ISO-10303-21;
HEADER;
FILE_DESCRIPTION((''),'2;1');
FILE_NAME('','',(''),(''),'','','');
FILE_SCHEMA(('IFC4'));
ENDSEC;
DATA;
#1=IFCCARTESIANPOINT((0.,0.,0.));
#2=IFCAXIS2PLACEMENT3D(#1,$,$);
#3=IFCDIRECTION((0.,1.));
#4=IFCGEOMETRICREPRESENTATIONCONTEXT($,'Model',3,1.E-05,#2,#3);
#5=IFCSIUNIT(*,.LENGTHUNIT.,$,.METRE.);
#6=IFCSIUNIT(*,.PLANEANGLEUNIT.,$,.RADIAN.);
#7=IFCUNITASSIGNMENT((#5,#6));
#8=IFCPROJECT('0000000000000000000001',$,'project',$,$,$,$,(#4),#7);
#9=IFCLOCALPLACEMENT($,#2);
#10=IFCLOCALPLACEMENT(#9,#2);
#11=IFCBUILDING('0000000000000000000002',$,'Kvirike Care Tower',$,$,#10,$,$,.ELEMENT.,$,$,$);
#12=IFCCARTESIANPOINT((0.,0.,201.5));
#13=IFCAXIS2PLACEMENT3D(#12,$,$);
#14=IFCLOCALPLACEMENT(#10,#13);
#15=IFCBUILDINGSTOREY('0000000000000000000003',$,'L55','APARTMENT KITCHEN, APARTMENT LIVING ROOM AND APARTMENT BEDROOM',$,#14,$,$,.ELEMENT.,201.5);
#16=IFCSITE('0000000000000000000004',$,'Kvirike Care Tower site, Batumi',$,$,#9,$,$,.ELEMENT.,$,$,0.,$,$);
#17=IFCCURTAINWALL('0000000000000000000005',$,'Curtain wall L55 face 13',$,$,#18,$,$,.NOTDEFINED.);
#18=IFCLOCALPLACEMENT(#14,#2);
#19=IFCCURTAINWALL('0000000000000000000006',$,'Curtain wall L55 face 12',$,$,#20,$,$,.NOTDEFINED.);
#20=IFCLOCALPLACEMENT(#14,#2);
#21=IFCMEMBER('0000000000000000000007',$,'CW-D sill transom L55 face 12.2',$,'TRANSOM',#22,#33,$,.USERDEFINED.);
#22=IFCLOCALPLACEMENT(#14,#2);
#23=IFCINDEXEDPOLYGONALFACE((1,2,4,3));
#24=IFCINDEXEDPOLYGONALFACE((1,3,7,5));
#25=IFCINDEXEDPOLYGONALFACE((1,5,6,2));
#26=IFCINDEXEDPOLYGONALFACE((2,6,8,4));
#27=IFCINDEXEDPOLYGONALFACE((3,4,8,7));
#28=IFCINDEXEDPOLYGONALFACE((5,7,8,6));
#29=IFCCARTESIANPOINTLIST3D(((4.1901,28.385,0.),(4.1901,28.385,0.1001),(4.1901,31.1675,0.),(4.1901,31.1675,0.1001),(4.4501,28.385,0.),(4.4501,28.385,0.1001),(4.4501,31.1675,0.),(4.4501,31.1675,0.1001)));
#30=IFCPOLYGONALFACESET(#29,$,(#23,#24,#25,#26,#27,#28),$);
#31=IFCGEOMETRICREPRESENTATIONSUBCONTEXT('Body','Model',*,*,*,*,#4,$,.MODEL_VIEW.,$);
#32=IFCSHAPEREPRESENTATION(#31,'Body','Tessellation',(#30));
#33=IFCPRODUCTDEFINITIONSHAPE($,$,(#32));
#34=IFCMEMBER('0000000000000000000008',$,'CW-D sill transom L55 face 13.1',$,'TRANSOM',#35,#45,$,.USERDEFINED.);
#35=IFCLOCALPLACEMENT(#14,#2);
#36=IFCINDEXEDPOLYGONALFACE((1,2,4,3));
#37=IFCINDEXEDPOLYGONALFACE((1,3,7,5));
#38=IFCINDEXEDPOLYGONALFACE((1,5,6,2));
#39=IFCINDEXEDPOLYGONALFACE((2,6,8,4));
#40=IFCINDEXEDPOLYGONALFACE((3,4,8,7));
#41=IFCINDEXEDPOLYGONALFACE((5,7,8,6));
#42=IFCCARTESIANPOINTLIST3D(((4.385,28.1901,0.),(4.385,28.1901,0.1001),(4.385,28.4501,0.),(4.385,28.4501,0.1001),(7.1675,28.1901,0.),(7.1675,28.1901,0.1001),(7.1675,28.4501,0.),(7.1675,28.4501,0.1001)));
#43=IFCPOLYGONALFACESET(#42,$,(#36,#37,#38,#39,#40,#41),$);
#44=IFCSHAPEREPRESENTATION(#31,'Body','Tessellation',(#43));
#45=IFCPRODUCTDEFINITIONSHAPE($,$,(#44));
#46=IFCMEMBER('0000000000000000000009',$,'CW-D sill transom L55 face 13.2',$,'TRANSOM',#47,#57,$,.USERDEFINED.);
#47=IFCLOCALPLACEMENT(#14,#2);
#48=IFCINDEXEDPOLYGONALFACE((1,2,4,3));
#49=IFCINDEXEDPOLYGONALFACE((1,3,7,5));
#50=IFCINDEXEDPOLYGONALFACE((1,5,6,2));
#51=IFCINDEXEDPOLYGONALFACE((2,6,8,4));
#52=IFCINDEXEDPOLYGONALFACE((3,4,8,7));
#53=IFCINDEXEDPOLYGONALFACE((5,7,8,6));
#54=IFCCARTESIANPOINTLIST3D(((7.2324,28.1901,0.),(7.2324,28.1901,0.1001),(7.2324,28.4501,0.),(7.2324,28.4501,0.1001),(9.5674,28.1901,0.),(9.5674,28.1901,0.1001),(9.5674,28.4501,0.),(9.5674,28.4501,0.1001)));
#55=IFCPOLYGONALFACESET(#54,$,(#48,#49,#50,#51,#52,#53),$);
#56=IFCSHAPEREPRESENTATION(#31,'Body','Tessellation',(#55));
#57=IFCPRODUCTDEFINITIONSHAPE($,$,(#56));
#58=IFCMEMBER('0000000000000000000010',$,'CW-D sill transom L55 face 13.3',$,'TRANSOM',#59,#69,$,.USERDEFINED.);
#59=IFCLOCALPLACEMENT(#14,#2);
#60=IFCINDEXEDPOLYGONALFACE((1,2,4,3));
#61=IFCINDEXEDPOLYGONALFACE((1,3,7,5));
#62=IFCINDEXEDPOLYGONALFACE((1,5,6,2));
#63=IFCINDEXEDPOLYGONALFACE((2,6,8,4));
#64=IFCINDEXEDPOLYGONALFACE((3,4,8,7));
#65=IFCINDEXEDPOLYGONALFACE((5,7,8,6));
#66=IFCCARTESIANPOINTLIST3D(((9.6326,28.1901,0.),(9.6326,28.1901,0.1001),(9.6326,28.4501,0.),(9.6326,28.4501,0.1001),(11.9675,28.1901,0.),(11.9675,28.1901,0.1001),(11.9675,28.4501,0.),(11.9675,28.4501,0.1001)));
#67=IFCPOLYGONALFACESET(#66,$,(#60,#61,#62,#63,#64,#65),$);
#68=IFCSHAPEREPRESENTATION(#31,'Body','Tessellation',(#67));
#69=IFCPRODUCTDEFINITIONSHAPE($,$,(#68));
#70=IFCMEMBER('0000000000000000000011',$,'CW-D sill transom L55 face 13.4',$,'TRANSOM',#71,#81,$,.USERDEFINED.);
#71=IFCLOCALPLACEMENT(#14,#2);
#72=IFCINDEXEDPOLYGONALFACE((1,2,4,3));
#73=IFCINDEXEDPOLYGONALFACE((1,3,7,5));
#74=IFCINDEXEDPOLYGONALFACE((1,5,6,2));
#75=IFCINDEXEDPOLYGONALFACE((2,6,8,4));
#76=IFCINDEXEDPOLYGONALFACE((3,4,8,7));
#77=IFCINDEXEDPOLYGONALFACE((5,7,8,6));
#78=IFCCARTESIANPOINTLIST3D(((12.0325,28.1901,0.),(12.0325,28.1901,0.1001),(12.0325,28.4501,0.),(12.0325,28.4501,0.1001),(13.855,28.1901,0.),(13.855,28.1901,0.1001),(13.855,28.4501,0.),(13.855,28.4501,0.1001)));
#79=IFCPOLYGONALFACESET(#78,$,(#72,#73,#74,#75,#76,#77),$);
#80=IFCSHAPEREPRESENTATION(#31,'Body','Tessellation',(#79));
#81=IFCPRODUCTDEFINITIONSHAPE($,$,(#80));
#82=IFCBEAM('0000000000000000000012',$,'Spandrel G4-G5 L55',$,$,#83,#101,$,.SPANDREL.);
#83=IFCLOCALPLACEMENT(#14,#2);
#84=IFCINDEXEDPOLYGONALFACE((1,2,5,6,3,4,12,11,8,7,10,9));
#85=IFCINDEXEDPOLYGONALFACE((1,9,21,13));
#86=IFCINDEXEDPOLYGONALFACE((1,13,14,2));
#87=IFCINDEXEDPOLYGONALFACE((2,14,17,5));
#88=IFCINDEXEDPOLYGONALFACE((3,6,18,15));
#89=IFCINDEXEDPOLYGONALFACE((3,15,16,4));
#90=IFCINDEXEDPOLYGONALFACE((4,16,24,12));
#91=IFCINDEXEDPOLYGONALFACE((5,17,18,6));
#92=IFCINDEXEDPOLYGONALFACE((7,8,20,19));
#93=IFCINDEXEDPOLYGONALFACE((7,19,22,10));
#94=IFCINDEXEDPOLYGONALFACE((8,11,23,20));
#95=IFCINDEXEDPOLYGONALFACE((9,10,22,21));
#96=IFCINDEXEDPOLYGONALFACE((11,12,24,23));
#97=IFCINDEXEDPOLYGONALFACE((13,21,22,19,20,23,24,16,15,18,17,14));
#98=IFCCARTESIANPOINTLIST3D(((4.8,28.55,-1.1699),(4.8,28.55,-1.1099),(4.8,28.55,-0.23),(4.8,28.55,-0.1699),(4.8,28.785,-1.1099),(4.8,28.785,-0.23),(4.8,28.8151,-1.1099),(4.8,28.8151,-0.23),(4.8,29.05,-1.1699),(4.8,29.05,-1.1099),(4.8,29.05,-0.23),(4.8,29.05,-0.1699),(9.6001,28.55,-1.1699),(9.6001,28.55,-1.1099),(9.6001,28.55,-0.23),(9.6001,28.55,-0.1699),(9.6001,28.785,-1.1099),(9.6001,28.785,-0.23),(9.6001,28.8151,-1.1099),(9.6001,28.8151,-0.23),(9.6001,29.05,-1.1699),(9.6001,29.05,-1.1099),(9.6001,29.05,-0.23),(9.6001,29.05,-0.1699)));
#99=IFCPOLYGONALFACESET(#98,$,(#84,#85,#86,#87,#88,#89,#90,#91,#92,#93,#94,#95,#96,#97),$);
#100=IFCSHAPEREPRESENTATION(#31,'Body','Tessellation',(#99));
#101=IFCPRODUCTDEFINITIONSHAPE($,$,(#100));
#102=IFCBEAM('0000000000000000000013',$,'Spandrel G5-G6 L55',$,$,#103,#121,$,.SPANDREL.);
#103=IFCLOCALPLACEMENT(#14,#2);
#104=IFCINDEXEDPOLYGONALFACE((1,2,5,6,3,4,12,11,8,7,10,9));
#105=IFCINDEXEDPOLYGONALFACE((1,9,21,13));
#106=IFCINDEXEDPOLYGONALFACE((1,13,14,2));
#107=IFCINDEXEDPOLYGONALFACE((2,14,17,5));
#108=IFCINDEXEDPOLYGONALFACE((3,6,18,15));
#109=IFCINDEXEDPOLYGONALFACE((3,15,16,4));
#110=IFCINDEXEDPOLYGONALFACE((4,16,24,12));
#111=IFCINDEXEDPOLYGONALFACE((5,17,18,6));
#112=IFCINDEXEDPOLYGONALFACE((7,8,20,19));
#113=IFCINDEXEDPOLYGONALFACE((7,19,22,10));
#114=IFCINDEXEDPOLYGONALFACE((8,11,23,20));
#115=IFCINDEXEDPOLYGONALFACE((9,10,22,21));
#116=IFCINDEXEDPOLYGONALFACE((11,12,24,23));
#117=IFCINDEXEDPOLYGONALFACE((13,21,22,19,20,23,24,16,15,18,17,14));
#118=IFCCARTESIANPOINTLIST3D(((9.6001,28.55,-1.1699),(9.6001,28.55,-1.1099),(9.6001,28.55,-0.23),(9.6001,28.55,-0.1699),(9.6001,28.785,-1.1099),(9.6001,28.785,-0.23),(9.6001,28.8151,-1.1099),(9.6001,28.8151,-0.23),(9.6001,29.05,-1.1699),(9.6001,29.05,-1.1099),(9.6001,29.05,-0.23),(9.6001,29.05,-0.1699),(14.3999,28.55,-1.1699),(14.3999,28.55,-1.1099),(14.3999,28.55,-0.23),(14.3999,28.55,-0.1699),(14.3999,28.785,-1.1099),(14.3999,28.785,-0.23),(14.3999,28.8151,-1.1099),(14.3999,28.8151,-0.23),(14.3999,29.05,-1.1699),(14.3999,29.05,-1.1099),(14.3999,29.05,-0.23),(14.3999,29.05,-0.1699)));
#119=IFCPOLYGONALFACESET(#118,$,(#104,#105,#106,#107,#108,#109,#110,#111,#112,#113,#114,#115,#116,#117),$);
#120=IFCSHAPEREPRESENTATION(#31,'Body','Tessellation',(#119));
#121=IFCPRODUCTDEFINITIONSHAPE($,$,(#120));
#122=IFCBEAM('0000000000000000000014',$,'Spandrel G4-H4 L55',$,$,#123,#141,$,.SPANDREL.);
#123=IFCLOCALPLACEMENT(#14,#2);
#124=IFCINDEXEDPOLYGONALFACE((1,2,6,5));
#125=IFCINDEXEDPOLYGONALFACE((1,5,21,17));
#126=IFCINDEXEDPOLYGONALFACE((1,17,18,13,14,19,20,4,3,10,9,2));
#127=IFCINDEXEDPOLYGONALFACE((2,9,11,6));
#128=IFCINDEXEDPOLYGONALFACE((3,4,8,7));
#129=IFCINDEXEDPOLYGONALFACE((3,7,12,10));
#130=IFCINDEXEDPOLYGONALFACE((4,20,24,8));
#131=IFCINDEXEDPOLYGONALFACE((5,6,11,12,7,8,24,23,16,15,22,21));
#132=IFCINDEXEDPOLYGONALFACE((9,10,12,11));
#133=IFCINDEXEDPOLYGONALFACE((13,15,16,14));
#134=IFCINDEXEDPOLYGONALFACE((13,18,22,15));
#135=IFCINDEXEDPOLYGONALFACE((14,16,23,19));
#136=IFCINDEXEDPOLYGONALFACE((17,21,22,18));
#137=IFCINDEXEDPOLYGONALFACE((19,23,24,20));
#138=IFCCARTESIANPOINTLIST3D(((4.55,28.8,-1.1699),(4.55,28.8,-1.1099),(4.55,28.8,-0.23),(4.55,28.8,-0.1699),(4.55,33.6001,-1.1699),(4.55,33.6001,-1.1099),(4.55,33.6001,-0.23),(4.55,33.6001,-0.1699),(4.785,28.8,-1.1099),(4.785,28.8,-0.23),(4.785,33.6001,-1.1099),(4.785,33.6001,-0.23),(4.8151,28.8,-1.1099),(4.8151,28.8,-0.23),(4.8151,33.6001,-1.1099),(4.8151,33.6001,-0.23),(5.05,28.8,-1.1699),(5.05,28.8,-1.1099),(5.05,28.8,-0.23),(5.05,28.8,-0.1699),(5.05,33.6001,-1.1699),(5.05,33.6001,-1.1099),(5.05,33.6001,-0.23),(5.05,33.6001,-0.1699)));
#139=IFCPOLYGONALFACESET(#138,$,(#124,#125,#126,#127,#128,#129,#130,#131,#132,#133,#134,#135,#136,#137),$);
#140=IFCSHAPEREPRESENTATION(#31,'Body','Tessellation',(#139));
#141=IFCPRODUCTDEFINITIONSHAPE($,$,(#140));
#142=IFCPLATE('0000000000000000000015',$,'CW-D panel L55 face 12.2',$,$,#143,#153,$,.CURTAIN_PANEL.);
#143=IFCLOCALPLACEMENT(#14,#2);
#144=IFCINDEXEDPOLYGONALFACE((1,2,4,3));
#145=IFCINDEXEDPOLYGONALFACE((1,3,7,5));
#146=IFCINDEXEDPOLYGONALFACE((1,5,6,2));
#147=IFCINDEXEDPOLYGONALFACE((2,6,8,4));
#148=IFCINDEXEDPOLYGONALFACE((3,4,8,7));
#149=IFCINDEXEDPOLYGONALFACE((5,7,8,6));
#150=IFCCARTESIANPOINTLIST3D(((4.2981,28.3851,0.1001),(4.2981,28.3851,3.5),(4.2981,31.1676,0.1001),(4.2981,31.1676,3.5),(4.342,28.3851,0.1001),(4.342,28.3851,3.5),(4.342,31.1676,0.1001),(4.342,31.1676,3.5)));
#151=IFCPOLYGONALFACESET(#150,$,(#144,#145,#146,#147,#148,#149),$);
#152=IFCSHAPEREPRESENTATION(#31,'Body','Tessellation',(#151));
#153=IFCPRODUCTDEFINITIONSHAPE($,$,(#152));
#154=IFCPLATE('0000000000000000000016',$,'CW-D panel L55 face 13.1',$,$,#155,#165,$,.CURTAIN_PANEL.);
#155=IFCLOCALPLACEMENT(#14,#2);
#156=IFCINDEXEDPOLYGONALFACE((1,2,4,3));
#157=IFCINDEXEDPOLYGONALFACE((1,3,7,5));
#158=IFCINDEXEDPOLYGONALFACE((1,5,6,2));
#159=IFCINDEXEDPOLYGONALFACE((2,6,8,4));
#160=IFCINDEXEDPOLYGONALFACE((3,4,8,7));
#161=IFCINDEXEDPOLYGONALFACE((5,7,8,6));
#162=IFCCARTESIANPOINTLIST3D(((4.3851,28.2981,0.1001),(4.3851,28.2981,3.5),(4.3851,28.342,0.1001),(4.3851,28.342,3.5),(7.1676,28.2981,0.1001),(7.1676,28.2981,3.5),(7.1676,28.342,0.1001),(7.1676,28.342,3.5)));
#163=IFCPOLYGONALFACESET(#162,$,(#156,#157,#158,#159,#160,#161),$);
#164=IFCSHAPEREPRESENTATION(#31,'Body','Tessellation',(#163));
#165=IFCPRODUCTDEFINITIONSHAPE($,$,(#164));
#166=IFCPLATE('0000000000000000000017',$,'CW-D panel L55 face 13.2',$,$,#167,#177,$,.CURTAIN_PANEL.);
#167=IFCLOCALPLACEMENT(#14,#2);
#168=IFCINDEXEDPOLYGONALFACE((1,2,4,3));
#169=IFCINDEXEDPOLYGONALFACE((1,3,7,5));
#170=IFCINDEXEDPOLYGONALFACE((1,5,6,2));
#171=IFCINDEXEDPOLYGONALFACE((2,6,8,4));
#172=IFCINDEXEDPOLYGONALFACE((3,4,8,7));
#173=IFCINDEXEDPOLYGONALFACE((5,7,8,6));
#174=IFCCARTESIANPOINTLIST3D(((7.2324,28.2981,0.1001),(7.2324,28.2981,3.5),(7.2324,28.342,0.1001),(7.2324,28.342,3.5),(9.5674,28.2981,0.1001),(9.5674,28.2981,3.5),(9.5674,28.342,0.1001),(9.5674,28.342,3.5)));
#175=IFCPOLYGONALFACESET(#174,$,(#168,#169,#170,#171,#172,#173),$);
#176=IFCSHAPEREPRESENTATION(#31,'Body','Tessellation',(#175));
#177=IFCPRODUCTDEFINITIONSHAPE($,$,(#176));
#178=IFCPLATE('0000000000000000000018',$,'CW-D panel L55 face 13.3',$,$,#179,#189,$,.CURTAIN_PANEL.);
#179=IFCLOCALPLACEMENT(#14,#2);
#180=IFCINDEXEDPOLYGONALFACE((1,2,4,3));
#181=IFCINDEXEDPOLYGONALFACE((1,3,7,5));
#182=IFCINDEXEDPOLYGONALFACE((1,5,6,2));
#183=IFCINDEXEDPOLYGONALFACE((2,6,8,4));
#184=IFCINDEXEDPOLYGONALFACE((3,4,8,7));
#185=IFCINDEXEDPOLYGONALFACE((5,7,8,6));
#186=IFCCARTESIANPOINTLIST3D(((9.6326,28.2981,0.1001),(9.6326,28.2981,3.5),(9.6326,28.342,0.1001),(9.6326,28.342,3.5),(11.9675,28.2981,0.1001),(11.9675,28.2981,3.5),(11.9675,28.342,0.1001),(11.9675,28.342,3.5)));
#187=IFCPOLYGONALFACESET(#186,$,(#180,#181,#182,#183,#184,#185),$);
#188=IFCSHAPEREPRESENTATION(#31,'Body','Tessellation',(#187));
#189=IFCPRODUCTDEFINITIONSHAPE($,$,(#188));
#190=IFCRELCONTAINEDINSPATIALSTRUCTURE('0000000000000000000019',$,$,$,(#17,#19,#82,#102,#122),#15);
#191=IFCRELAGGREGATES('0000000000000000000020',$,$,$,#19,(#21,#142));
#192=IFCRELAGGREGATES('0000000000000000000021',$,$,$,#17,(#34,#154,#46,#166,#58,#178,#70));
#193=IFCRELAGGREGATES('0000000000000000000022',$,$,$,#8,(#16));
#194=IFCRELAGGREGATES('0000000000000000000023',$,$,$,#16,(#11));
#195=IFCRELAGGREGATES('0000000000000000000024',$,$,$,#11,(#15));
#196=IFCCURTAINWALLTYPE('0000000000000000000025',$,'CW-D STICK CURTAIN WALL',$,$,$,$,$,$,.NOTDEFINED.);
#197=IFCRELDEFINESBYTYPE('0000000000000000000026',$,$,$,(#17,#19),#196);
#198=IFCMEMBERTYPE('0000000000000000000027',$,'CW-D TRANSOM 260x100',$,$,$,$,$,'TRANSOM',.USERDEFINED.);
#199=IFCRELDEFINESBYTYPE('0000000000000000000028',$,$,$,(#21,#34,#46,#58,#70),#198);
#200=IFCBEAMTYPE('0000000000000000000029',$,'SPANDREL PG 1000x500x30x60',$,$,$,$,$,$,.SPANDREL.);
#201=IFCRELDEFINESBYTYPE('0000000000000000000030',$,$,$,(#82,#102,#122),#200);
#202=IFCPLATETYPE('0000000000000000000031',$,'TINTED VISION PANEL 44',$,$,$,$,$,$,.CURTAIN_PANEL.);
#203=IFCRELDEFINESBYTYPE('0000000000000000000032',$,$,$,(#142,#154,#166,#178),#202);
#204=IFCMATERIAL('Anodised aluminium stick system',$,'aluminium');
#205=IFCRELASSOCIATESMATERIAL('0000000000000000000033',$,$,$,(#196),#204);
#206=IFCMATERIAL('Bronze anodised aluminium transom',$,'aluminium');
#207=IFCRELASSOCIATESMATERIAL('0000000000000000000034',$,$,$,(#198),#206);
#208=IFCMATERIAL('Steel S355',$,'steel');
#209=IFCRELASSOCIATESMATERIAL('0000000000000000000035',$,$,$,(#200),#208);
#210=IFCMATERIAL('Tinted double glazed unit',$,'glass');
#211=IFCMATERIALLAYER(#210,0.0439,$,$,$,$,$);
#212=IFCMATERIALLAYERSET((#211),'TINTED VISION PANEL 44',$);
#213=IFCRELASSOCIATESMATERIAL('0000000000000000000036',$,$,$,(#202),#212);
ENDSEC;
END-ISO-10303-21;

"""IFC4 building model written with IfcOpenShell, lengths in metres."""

from ifc_helpers import new_model, si_unit, direction, frame, origin, origin_2d, place, context, subcontext, project, spatial, rectangle, i_section, extrude, material, layer, layer_set, material_profile, profile_set, type_object, element, aggregate, save


model = new_model("IFC4")

# Units and contexts
model_context = context("Model", 3, precision=1e-05, world=origin(), true_north=direction((0.0, 1.0)))
body_context = subcontext(model_context, "Body", "Model", "MODEL_VIEW")
ifc_project = project(units=[si_unit("LENGTHUNIT", "METRE"), si_unit("PLANEANGLEUNIT", "RADIAN")], contexts=[model_context])

# Site, building, storey
site_placement = place(None, origin())
site = spatial("IfcSite", under=ifc_project, at=site_placement, Name="Kvirike Care Tower site, Batumi", CompositionType="ELEMENT", RefElevation=0.0)
building_placement = place(site_placement, origin())
building = spatial("IfcBuilding", under=site, at=building_placement, Name="Kvirike Care Tower", CompositionType="ELEMENT")
storey_placement = place(building_placement, frame((0.0, 0.0, 201.5)))
storey = spatial("IfcBuildingStorey", under=building, at=storey_placement, Name="L55", Description="APARTMENT KITCHEN, APARTMENT LIVING ROOM AND APARTMENT BEDROOM", CompositionType="ELEMENT", Elevation=201.5)

# Curtain wall
ifc_material_1 = material(Name="Anodised aluminium stick system", Category="aluminium")
curtain_wall_type = type_object("IfcCurtainWallType", Name="CW-D STICK CURTAIN WALL", PredefinedType="NOTDEFINED", material=ifc_material_1)
curtain_wall_1_placement = place(storey_placement, origin())
curtain_wall_1 = element("IfcCurtainWall", 1, at=curtain_wall_1_placement, inside=storey, type_object=curtain_wall_type, Name="Curtain wall L55 face 13", PredefinedType="NOTDEFINED")

# Curtain wall
curtain_wall_2_placement = place(storey_placement, origin())
curtain_wall_2 = element("IfcCurtainWall", 2, at=curtain_wall_2_placement, inside=storey, type_object=curtain_wall_type, Name="Curtain wall L55 face 12", PredefinedType="NOTDEFINED")

# Members
ifc_material_2 = material(Name="Bronze anodised aluminium transom", Category="aluminium")
ifc_material_profile_1 = material_profile(ifc_material_2, rectangle(XDim=0.26, YDim=0.1001, at=origin_2d()), Name="CW-D TRANSOM 260x100")
ifc_profile_set_1 = profile_set([ifc_material_profile_1], Name="Bronze anodised aluminium transom")
member_type_1 = type_object("IfcMemberType", Name="CW-D TRANSOM 260x100", ElementType="TRANSOM", PredefinedType="USERDEFINED", material=ifc_profile_set_1)
member_1_placement = place(storey_placement, frame((4.3201, 31.1675, 0.05), z_axis=(0.0, -1.0, 0.0), x_axis=(1.0, 0.0, 0.0)))
member_1 = element("IfcMember", 3, at=member_1_placement, type_object=member_type_1, Name="CW-D sill transom L55 face 12.2", ObjectType="TRANSOM", PredefinedType="USERDEFINED", context=body_context, shape_type="SweptSolid", body=[
    extrude(rectangle(XDim=0.26, YDim=0.1001, at=origin_2d()), origin(), (0.0, 0.0, 1.0), 2.7825),
])
member_2_placement = place(storey_placement, frame((4.385, 28.3201, 0.05), z_axis=(1.0, 0.0, 0.0), x_axis=(0.0, 1.0, 0.0)))
member_2 = element("IfcMember", 4, at=member_2_placement, type_object=member_type_1, Name="CW-D sill transom L55 face 13.1", ObjectType="TRANSOM", PredefinedType="USERDEFINED", context=body_context, shape_type="SweptSolid", body=[
    extrude(rectangle(XDim=0.26, YDim=0.1001, at=origin_2d()), origin(), (0.0, 0.0, 1.0), 2.7825),
])
member_3_placement = place(storey_placement, frame((7.2324, 28.3201, 0.05), z_axis=(1.0, 0.0, 0.0), x_axis=(0.0, 1.0, 0.0)))
member_3 = element("IfcMember", 5, at=member_3_placement, type_object=member_type_1, Name="CW-D sill transom L55 face 13.2", ObjectType="TRANSOM", PredefinedType="USERDEFINED", context=body_context, shape_type="SweptSolid", body=[
    extrude(rectangle(XDim=0.26, YDim=0.1001, at=origin_2d()), origin(), (0.0, 0.0, 1.0), 2.335),
])
member_4_placement = place(storey_placement, frame((9.6326, 28.3201, 0.05), z_axis=(1.0, 0.0, 0.0), x_axis=(0.0, 1.0, 0.0)))
member_4 = element("IfcMember", 6, at=member_4_placement, type_object=member_type_1, Name="CW-D sill transom L55 face 13.3", ObjectType="TRANSOM", PredefinedType="USERDEFINED", context=body_context, shape_type="SweptSolid", body=[
    extrude(rectangle(XDim=0.26, YDim=0.1001, at=origin_2d()), origin(), (0.0, 0.0, 1.0), 2.335),
])
member_5_placement = place(storey_placement, frame((12.0325, 28.3201, 0.05), z_axis=(1.0, 0.0, 0.0), x_axis=(0.0, 1.0, 0.0)))
member_5 = element("IfcMember", 7, at=member_5_placement, type_object=member_type_1, Name="CW-D sill transom L55 face 13.4", ObjectType="TRANSOM", PredefinedType="USERDEFINED", context=body_context, shape_type="SweptSolid", body=[
    extrude(rectangle(XDim=0.26, YDim=0.1001, at=origin_2d()), origin(), (0.0, 0.0, 1.0), 1.8225),
])

# Beams
ifc_material_3 = material(Name="Steel S355", Category="steel")
ifc_material_profile_2 = material_profile(ifc_material_3, i_section(OverallWidth=0.5, OverallDepth=1.0, WebThickness=0.03, FlangeThickness=0.0601, at=origin_2d()), Name="PG 1000x500x30x60")
ifc_profile_set_2 = profile_set([ifc_material_profile_2], Name="Steel S355")
beam_type = type_object("IfcBeamType", Name="SPANDREL PG 1000x500x30x60", PredefinedType="SPANDREL", material=ifc_profile_set_2)
beam_1_placement = place(storey_placement, frame((4.8, 28.8, -0.6699), z_axis=(1.0, 0.0, 0.0), x_axis=(0.0, 1.0, 0.0)))
element("IfcBeam", 8, at=beam_1_placement, inside=storey, type_object=beam_type, Name="Spandrel G4-G5 L55", PredefinedType="SPANDREL", context=body_context, shape_type="SweptSolid", body=[
    extrude(i_section(OverallWidth=0.5, OverallDepth=1.0, WebThickness=0.03, FlangeThickness=0.0601, at=origin_2d()), origin(), (0.0, 0.0, 1.0), 4.8),
])
beam_2_placement = place(storey_placement, frame((9.6001, 28.8, -0.6699), z_axis=(1.0, 0.0, 0.0), x_axis=(0.0, 1.0, 0.0)))
element("IfcBeam", 9, at=beam_2_placement, inside=storey, type_object=beam_type, Name="Spandrel G5-G6 L55", PredefinedType="SPANDREL", context=body_context, shape_type="SweptSolid", body=[
    extrude(i_section(OverallWidth=0.5, OverallDepth=1.0, WebThickness=0.03, FlangeThickness=0.0601, at=origin_2d()), origin(), (0.0, 0.0, 1.0), 4.7998),
])
beam_3_placement = place(storey_placement, frame((4.8, 28.8, -0.6699), z_axis=(0.0, 1.0, 0.0), x_axis=(-1.0, 0.0, 0.0)))
element("IfcBeam", 10, at=beam_3_placement, inside=storey, type_object=beam_type, Name="Spandrel G4-H4 L55", PredefinedType="SPANDREL", context=body_context, shape_type="SweptSolid", body=[
    extrude(i_section(OverallWidth=0.5, OverallDepth=1.0, WebThickness=0.03, FlangeThickness=0.0601, at=origin_2d()), origin(), (0.0, 0.0, 1.0), 4.8),
])

# Plates
ifc_material_4 = material(Name="Tinted double glazed unit", Category="glass")
ifc_layer = layer(ifc_material_4, 0.0439)
ifc_layer_set = layer_set([ifc_layer], Name="TINTED VISION PANEL 44")
plate_type = type_object("IfcPlateType", Name="TINTED VISION PANEL 44", PredefinedType="CURTAIN_PANEL", material=ifc_layer_set)
plate_1_placement = place(storey_placement, frame((4.3201, 29.7764, 0.1001), z_axis=(0.0, 0.0, 1.0), x_axis=(0.0, -1.0, 0.0)))
plate_1 = element("IfcPlate", 11, at=plate_1_placement, type_object=plate_type, Name="CW-D panel L55 face 12.2", PredefinedType="CURTAIN_PANEL", context=body_context, shape_type="SweptSolid", body=[
    extrude(rectangle(XDim=2.7825, YDim=0.0439, at=origin_2d()), origin(), (0.0, 0.0, 1.0), 3.3999),
])
aggregate(curtain_wall_2, [member_1, plate_1])
plate_2_placement = place(storey_placement, frame((5.7764, 28.3201, 0.1001), z_axis=(0.0, 0.0, 1.0), x_axis=(1.0, 0.0, 0.0)))
plate_2 = element("IfcPlate", 12, at=plate_2_placement, type_object=plate_type, Name="CW-D panel L55 face 13.1", PredefinedType="CURTAIN_PANEL", context=body_context, shape_type="SweptSolid", body=[
    extrude(rectangle(XDim=2.7825, YDim=0.0439, at=origin_2d()), origin(), (0.0, 0.0, 1.0), 3.3999),
])
plate_3_placement = place(storey_placement, frame((8.3999, 28.3201, 0.1001), z_axis=(0.0, 0.0, 1.0), x_axis=(1.0, 0.0, 0.0)))
plate_3 = element("IfcPlate", 13, at=plate_3_placement, type_object=plate_type, Name="CW-D panel L55 face 13.2", PredefinedType="CURTAIN_PANEL", context=body_context, shape_type="SweptSolid", body=[
    extrude(rectangle(XDim=2.335, YDim=0.0439, at=origin_2d()), origin(), (0.0, 0.0, 1.0), 3.3999),
])
plate_4_placement = place(storey_placement, frame((10.8, 28.3201, 0.1001), z_axis=(0.0, 0.0, 1.0), x_axis=(1.0, 0.0, 0.0)))
plate_4 = element("IfcPlate", 14, at=plate_4_placement, type_object=plate_type, Name="CW-D panel L55 face 13.3", PredefinedType="CURTAIN_PANEL", context=body_context, shape_type="SweptSolid", body=[
    extrude(rectangle(XDim=2.335, YDim=0.0439, at=origin_2d()), origin(), (0.0, 0.0, 1.0), 3.3999),
])
aggregate(curtain_wall_1, [member_2, plate_2, member_3, plate_3, member_4, plate_4, member_5])

save(model, "model.ifc")
